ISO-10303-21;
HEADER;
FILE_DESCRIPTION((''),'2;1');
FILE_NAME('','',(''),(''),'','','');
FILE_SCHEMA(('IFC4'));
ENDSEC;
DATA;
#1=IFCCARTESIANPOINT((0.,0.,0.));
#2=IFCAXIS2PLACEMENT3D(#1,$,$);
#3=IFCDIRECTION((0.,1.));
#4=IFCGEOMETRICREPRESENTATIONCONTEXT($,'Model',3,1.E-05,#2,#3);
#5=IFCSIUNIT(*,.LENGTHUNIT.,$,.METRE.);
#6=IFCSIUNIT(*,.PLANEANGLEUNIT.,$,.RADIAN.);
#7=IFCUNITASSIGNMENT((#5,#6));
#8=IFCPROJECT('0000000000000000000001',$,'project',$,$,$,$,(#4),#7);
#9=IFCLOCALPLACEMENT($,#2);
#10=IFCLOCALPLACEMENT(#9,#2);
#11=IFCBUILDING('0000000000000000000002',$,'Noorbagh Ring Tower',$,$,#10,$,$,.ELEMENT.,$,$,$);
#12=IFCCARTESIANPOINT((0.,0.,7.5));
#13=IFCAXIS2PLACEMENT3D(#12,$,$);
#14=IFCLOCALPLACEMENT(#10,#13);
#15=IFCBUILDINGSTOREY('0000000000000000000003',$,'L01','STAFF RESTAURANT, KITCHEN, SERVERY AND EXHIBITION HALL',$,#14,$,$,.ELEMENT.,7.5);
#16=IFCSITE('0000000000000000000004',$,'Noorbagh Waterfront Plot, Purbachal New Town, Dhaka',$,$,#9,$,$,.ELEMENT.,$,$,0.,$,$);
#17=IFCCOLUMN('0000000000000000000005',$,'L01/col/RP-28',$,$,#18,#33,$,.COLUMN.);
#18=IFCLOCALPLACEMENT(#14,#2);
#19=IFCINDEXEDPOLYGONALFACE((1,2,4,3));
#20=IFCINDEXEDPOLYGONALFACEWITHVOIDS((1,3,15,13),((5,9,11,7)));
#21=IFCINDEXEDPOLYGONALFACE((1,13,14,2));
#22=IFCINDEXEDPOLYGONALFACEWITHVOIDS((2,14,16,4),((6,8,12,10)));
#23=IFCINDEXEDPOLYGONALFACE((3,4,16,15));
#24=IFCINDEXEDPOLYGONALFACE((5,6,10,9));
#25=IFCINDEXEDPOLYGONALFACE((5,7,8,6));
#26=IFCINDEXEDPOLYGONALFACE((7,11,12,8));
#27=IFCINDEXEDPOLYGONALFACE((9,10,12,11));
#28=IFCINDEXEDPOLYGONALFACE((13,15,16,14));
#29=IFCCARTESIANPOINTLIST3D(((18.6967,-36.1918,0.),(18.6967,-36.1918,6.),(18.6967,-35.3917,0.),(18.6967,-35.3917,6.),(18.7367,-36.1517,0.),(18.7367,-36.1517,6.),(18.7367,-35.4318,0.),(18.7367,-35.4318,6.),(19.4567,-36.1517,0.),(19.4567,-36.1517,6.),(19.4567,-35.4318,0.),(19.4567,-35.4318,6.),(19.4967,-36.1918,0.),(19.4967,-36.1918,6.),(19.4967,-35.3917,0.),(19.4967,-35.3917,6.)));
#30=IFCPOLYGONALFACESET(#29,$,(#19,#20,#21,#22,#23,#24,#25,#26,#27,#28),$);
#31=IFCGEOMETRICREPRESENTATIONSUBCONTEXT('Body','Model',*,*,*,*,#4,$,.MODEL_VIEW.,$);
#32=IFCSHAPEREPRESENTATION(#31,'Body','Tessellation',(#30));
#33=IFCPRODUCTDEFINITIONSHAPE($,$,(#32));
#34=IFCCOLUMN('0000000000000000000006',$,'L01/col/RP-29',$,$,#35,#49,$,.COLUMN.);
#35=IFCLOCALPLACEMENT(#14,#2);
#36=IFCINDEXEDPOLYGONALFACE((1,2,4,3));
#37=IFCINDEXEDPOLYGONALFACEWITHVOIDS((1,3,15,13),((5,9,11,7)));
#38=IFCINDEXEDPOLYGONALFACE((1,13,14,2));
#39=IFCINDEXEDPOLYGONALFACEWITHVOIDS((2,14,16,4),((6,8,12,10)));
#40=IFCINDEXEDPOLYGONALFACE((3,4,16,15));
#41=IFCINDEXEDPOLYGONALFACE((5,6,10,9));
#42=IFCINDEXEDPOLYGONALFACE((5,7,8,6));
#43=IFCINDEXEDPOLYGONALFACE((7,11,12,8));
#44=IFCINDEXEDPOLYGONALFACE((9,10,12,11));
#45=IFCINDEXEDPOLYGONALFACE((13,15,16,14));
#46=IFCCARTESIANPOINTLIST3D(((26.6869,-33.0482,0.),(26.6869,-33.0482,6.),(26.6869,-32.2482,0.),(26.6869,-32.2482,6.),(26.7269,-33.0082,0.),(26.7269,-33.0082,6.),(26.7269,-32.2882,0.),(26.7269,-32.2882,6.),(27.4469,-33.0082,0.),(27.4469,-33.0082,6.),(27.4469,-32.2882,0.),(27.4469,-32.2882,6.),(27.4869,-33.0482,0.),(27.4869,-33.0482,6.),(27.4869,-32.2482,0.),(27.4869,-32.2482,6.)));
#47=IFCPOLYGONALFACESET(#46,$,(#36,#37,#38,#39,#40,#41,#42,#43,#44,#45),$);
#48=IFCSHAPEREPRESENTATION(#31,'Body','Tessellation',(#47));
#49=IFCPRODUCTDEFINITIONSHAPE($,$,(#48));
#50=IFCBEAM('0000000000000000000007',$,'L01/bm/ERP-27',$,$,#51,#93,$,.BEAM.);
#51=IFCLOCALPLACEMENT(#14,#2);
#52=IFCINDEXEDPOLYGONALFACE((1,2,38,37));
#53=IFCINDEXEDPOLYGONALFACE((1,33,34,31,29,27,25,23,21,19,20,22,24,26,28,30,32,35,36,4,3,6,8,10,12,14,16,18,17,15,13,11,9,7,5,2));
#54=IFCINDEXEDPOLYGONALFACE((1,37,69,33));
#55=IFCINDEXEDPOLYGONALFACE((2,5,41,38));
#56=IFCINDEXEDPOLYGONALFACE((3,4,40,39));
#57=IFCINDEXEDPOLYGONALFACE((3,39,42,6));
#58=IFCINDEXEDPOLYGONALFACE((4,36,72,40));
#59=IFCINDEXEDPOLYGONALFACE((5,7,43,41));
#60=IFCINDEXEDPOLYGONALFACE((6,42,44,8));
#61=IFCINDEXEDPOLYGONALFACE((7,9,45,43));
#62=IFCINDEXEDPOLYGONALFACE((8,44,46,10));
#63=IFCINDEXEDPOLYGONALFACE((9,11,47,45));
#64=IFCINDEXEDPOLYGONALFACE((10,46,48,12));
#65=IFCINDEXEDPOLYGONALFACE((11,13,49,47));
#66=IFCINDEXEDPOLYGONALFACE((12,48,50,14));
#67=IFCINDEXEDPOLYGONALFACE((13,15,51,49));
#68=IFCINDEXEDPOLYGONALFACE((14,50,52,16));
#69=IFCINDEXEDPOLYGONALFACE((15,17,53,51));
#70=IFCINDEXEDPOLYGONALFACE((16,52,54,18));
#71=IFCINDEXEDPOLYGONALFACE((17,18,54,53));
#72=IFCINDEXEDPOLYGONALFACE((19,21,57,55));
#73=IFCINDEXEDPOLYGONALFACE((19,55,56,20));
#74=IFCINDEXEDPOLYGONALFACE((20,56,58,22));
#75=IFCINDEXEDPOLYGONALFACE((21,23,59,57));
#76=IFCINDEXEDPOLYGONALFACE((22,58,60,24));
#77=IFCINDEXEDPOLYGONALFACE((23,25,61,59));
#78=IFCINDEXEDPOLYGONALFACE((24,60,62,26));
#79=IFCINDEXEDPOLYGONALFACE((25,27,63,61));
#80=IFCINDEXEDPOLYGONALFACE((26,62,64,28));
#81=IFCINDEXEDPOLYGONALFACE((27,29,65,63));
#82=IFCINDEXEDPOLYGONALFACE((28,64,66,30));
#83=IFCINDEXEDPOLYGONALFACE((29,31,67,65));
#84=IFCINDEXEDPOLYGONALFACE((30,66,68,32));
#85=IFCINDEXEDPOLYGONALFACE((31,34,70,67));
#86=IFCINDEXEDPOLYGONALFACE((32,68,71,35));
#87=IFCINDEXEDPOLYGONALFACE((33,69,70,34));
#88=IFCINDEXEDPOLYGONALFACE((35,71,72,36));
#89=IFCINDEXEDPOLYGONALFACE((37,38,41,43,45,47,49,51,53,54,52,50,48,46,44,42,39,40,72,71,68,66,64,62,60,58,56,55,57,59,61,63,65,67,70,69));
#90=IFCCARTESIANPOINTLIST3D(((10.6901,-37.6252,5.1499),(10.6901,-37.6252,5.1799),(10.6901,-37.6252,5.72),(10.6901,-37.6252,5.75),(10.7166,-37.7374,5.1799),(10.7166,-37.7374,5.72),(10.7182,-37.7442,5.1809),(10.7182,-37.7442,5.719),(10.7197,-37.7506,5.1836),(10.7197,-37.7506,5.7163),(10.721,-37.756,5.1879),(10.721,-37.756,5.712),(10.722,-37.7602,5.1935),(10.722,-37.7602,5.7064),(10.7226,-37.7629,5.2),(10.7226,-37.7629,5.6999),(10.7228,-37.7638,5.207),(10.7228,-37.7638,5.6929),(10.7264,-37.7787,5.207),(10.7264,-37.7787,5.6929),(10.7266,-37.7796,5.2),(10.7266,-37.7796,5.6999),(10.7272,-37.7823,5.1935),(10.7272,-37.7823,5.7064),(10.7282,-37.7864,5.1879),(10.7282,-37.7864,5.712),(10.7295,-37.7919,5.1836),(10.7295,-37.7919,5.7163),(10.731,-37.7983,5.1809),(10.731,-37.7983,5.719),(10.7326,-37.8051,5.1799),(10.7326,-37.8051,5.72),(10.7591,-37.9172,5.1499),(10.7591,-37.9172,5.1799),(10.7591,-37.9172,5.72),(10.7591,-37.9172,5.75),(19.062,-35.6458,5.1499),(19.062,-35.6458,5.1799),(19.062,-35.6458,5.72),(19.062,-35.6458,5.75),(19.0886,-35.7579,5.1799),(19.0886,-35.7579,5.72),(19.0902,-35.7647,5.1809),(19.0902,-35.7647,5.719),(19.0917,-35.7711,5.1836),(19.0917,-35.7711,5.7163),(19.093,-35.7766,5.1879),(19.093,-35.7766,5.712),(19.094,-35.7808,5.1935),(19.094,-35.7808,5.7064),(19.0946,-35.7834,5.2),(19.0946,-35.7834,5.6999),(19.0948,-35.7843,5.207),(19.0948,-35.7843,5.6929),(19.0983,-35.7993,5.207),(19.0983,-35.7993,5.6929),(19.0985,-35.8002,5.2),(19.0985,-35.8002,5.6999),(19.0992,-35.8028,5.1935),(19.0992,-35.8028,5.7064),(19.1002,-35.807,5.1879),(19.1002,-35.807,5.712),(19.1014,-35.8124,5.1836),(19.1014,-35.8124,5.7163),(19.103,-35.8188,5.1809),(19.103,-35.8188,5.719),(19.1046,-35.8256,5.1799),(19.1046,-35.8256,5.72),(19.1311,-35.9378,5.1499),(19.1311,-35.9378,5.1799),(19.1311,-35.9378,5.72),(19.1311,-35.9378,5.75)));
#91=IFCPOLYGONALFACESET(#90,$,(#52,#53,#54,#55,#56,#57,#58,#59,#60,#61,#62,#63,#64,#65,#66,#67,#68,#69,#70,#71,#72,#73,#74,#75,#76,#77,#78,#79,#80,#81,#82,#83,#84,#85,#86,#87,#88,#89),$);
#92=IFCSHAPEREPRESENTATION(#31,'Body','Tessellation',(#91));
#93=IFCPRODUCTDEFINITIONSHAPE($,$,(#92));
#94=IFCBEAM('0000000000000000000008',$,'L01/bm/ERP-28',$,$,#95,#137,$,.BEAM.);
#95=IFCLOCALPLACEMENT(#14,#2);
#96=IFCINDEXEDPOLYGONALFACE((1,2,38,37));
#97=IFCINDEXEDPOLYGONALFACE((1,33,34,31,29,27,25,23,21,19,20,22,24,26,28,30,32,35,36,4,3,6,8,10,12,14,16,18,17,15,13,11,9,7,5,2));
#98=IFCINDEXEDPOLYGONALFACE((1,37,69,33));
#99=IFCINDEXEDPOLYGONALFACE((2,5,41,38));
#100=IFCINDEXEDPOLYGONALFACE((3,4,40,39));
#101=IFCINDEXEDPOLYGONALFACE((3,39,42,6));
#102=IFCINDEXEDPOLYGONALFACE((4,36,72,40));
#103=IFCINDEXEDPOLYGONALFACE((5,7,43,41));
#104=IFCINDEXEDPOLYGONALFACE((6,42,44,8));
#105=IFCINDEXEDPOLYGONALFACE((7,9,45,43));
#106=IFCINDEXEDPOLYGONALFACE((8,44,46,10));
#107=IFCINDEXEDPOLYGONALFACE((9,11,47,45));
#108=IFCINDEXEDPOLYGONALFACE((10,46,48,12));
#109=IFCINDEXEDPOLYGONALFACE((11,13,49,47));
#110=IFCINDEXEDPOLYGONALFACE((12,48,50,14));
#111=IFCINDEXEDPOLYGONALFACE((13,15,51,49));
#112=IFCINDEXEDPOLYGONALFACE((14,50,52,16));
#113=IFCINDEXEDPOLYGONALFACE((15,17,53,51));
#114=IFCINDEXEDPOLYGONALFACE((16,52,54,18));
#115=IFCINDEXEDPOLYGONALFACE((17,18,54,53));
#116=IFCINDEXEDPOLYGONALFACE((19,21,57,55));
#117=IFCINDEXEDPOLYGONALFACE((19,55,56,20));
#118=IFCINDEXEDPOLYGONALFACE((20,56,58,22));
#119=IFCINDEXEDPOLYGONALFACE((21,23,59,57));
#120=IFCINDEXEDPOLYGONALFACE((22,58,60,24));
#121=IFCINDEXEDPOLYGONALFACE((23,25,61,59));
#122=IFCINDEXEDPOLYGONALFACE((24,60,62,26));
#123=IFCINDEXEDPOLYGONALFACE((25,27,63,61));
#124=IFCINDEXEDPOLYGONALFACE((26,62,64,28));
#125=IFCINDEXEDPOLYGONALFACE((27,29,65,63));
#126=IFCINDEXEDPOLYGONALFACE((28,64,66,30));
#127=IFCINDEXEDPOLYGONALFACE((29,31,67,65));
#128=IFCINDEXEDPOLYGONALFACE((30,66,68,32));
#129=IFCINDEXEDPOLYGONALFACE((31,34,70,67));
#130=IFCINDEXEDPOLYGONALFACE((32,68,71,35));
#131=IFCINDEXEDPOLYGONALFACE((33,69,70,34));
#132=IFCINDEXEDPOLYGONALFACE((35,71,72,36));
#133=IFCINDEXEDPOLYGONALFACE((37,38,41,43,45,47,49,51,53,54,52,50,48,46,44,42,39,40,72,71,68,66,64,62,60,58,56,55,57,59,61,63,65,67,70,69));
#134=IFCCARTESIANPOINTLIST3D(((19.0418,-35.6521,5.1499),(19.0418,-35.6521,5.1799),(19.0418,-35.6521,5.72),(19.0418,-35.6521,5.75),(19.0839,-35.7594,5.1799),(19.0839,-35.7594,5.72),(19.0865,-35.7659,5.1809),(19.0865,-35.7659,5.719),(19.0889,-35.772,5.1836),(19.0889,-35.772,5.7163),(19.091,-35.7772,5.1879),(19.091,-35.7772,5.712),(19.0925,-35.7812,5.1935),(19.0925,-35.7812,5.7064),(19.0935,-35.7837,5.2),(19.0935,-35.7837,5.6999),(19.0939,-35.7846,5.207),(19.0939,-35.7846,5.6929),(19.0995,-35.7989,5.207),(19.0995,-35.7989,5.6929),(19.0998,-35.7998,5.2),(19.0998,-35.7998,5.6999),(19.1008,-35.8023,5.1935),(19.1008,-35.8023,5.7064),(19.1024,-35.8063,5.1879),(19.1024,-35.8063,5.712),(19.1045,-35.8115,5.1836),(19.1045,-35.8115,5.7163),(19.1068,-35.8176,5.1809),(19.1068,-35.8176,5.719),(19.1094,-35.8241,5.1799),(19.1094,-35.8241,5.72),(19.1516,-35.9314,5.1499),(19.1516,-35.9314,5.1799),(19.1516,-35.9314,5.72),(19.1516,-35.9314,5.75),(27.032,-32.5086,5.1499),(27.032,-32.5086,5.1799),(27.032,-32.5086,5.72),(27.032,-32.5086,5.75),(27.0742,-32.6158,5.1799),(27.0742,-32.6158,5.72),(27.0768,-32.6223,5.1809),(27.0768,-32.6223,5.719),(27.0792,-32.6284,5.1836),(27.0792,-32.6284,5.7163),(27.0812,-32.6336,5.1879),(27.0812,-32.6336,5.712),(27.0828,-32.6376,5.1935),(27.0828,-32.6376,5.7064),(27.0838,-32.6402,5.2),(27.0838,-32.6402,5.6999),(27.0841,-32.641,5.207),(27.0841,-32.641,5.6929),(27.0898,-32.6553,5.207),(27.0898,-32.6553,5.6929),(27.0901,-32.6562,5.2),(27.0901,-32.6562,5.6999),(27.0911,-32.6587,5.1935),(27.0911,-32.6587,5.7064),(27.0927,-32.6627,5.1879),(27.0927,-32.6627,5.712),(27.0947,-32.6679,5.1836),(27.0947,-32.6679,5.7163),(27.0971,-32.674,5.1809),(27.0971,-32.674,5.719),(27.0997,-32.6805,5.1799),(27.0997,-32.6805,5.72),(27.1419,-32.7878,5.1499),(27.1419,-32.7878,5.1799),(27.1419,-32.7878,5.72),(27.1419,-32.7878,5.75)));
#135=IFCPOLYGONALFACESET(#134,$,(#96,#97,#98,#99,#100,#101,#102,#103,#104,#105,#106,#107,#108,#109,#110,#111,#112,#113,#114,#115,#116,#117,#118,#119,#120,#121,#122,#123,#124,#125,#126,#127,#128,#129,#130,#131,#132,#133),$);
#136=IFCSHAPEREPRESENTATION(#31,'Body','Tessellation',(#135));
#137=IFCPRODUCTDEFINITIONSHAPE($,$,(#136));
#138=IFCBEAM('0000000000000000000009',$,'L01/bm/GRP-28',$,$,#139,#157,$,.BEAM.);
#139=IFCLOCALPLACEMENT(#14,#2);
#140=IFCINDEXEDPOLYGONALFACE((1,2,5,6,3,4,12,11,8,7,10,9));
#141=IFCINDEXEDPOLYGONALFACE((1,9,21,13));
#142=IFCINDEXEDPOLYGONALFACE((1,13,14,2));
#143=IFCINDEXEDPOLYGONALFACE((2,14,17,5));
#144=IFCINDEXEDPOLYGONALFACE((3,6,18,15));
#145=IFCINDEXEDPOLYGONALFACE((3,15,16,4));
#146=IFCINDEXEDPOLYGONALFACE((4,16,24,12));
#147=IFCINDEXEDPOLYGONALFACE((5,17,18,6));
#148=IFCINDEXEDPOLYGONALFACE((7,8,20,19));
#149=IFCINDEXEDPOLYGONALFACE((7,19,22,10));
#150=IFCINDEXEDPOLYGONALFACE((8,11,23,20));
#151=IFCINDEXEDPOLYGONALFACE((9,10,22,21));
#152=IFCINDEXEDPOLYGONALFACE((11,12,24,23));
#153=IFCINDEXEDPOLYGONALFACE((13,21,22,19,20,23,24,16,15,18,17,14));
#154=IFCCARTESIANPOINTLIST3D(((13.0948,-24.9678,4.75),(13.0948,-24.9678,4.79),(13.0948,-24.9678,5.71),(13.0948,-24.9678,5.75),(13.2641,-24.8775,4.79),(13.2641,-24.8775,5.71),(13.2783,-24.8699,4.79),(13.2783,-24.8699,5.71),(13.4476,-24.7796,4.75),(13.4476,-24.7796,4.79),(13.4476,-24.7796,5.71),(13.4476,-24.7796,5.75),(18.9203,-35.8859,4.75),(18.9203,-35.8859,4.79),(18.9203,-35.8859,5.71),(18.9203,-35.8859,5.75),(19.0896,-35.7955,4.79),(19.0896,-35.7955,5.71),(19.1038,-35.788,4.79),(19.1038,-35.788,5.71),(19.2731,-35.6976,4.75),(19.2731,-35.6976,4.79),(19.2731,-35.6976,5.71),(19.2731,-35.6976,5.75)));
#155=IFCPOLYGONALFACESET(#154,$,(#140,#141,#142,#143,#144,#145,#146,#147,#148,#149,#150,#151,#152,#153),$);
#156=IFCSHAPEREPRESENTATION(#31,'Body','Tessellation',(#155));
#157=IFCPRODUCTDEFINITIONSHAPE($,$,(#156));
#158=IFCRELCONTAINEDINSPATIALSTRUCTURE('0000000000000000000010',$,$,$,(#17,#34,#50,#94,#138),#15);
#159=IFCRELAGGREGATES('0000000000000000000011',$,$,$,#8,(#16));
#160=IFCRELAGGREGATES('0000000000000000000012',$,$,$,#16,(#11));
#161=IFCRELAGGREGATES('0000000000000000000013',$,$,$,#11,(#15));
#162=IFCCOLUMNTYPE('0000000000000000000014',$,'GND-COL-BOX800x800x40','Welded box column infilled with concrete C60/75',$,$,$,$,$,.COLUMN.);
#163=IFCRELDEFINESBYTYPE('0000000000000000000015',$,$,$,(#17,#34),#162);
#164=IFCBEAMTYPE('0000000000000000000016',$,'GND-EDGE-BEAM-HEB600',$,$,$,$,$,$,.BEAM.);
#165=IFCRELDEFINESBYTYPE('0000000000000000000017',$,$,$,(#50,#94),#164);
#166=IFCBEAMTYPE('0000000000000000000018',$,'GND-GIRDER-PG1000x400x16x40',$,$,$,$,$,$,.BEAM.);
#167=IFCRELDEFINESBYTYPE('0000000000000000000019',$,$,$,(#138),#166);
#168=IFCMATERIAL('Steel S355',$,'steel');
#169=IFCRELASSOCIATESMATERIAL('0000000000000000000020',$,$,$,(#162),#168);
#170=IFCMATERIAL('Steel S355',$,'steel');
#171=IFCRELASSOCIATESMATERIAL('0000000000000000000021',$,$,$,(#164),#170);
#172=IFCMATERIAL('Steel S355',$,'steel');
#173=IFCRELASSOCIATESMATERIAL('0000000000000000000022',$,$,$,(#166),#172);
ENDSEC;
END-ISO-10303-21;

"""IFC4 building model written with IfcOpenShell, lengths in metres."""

from ifc_helpers import new_model, si_unit, direction, frame, origin, origin_2d, place, context, subcontext, project, spatial, hollow_rectangle, i_section, extrude, material, material_profile, profile_set, type_object, element, save


model = new_model("IFC4")

# Units and contexts
model_context = context("Model", 3, precision=1e-05, world=origin(), true_north=direction((0.0, 1.0)))
body_context = subcontext(model_context, "Body", "Model", "MODEL_VIEW")
ifc_project = project(units=[si_unit("LENGTHUNIT", "METRE"), si_unit("PLANEANGLEUNIT", "RADIAN")], contexts=[model_context])

# Site, building, storey
site_placement = place(None, origin())
site = spatial("IfcSite", under=ifc_project, at=site_placement, Name="Noorbagh Waterfront Plot, Purbachal New Town, Dhaka", CompositionType="ELEMENT", RefElevation=0.0)
building_placement = place(site_placement, origin())
building = spatial("IfcBuilding", under=site, at=building_placement, Name="Noorbagh Ring Tower", CompositionType="ELEMENT")
storey_placement = place(building_placement, frame((0.0, 0.0, 7.5)))
storey = spatial("IfcBuildingStorey", under=building, at=storey_placement, Name="L01", Description="STAFF RESTAURANT, KITCHEN, SERVERY AND EXHIBITION HALL", CompositionType="ELEMENT", Elevation=7.5)

# Columns
ifc_material_1 = material(Name="Steel S355", Category="steel")
ifc_material_profile_1 = material_profile(ifc_material_1, hollow_rectangle(XDim=0.8, YDim=0.8, WallThickness=0.04, at=origin_2d()), Name="BOX800x800x40")
ifc_profile_set_1 = profile_set([ifc_material_profile_1], Name="Steel S355")
column_type = type_object("IfcColumnType", Name="GND-COL-BOX800x800x40", Description="Welded box column infilled with concrete C60/75", PredefinedType="COLUMN", material=ifc_profile_set_1)
for number, where, z_axis, x_axis, name in (
    (1, (19.0967, -35.7917, 0.0), (0.0, 0.0, 1.0), (1.0, 0.0, 0.0), "L01/col/RP-28"),
    (2, (27.0869, -32.6482, 0.0), (0.0, 0.0, 1.0), (1.0, 0.0, 0.0), "L01/col/RP-29"),
):
    element("IfcColumn", number, at=place(storey_placement, frame(where, z_axis=z_axis, x_axis=x_axis)), inside=storey, type_object=column_type, Name=name, PredefinedType="COLUMN", context=body_context, shape_type="SweptSolid", body=[
        extrude(hollow_rectangle(XDim=0.8, YDim=0.8, WallThickness=0.04, at=origin_2d()), origin(), (0.0, 0.0, 1.0), 6.0),
    ])

# Beams
ifc_material_2 = material(Name="Steel S355", Category="steel")
ifc_material_profile_2 = material_profile(ifc_material_2, i_section(OverallWidth=0.3, OverallDepth=0.6001, WebThickness=0.0154, FlangeThickness=0.03, FilletRadius=0.0271, at=origin_2d()), Name="HEB600")
ifc_profile_set_2 = profile_set([ifc_material_profile_2], Name="Steel S355")
beam_type_1 = type_object("IfcBeamType", Name="GND-EDGE-BEAM-HEB600", PredefinedType="BEAM", material=ifc_profile_set_2)
beam_1_placement = place(storey_placement, frame((10.7246, -37.7712, 5.45), z_axis=(0.973168, 0.230096, 0.0), x_axis=(-0.230096, 0.973168, 0.0)))
element("IfcBeam", 3, at=beam_1_placement, inside=storey, type_object=beam_type_1, Name="L01/bm/ERP-27", PredefinedType="BEAM", context=body_context, shape_type="SweptSolid", body=[
    extrude(i_section(OverallWidth=0.3, OverallDepth=0.6001, WebThickness=0.0154, FlangeThickness=0.03, FilletRadius=0.0271, at=origin_2d()), origin(), (0.0, 0.0, 1.0), 8.6028),
])
beam_2_placement = place(storey_placement, frame((19.0967, -35.7917, 5.45), z_axis=(0.930572, 0.36611, 0.0), x_axis=(-0.36611, 0.930572, 0.0)))
element("IfcBeam", 4, at=beam_2_placement, inside=storey, type_object=beam_type_1, Name="L01/bm/ERP-28", PredefinedType="BEAM", context=body_context, shape_type="SweptSolid", body=[
    extrude(i_section(OverallWidth=0.3, OverallDepth=0.6001, WebThickness=0.0154, FlangeThickness=0.03, FilletRadius=0.0271, at=origin_2d()), origin(), (0.0, 0.0, 1.0), 8.5864),
])
ifc_material_3 = material(Name="Steel S355", Category="steel")
ifc_material_profile_3 = material_profile(ifc_material_3, i_section(OverallWidth=0.3999, OverallDepth=1.0, WebThickness=0.0161, FlangeThickness=0.04, at=origin_2d()), Name="PG1000x400x16x40")
ifc_profile_set_3 = profile_set([ifc_material_profile_3], Name="Steel S355")
beam_type_2 = type_object("IfcBeamType", Name="GND-GIRDER-PG1000x400x16x40", PredefinedType="BEAM", material=ifc_profile_set_3)
beam_3_placement = place(storey_placement, frame((19.0967, -35.7917, 5.25), z_axis=(-0.470747, 0.882268, 0.0), x_axis=(-0.882268, -0.470747, 0.0)))
element("IfcBeam", 5, at=beam_3_placement, inside=storey, type_object=beam_type_2, Name="L01/bm/GRP-28", PredefinedType="BEAM", context=body_context, shape_type="SweptSolid", body=[
    extrude(i_section(OverallWidth=0.3999, OverallDepth=1.0, WebThickness=0.0161, FlangeThickness=0.04, at=origin_2d()), origin(), (0.0, 0.0, 1.0), 12.375),
])

save(model, "model.ifc")
